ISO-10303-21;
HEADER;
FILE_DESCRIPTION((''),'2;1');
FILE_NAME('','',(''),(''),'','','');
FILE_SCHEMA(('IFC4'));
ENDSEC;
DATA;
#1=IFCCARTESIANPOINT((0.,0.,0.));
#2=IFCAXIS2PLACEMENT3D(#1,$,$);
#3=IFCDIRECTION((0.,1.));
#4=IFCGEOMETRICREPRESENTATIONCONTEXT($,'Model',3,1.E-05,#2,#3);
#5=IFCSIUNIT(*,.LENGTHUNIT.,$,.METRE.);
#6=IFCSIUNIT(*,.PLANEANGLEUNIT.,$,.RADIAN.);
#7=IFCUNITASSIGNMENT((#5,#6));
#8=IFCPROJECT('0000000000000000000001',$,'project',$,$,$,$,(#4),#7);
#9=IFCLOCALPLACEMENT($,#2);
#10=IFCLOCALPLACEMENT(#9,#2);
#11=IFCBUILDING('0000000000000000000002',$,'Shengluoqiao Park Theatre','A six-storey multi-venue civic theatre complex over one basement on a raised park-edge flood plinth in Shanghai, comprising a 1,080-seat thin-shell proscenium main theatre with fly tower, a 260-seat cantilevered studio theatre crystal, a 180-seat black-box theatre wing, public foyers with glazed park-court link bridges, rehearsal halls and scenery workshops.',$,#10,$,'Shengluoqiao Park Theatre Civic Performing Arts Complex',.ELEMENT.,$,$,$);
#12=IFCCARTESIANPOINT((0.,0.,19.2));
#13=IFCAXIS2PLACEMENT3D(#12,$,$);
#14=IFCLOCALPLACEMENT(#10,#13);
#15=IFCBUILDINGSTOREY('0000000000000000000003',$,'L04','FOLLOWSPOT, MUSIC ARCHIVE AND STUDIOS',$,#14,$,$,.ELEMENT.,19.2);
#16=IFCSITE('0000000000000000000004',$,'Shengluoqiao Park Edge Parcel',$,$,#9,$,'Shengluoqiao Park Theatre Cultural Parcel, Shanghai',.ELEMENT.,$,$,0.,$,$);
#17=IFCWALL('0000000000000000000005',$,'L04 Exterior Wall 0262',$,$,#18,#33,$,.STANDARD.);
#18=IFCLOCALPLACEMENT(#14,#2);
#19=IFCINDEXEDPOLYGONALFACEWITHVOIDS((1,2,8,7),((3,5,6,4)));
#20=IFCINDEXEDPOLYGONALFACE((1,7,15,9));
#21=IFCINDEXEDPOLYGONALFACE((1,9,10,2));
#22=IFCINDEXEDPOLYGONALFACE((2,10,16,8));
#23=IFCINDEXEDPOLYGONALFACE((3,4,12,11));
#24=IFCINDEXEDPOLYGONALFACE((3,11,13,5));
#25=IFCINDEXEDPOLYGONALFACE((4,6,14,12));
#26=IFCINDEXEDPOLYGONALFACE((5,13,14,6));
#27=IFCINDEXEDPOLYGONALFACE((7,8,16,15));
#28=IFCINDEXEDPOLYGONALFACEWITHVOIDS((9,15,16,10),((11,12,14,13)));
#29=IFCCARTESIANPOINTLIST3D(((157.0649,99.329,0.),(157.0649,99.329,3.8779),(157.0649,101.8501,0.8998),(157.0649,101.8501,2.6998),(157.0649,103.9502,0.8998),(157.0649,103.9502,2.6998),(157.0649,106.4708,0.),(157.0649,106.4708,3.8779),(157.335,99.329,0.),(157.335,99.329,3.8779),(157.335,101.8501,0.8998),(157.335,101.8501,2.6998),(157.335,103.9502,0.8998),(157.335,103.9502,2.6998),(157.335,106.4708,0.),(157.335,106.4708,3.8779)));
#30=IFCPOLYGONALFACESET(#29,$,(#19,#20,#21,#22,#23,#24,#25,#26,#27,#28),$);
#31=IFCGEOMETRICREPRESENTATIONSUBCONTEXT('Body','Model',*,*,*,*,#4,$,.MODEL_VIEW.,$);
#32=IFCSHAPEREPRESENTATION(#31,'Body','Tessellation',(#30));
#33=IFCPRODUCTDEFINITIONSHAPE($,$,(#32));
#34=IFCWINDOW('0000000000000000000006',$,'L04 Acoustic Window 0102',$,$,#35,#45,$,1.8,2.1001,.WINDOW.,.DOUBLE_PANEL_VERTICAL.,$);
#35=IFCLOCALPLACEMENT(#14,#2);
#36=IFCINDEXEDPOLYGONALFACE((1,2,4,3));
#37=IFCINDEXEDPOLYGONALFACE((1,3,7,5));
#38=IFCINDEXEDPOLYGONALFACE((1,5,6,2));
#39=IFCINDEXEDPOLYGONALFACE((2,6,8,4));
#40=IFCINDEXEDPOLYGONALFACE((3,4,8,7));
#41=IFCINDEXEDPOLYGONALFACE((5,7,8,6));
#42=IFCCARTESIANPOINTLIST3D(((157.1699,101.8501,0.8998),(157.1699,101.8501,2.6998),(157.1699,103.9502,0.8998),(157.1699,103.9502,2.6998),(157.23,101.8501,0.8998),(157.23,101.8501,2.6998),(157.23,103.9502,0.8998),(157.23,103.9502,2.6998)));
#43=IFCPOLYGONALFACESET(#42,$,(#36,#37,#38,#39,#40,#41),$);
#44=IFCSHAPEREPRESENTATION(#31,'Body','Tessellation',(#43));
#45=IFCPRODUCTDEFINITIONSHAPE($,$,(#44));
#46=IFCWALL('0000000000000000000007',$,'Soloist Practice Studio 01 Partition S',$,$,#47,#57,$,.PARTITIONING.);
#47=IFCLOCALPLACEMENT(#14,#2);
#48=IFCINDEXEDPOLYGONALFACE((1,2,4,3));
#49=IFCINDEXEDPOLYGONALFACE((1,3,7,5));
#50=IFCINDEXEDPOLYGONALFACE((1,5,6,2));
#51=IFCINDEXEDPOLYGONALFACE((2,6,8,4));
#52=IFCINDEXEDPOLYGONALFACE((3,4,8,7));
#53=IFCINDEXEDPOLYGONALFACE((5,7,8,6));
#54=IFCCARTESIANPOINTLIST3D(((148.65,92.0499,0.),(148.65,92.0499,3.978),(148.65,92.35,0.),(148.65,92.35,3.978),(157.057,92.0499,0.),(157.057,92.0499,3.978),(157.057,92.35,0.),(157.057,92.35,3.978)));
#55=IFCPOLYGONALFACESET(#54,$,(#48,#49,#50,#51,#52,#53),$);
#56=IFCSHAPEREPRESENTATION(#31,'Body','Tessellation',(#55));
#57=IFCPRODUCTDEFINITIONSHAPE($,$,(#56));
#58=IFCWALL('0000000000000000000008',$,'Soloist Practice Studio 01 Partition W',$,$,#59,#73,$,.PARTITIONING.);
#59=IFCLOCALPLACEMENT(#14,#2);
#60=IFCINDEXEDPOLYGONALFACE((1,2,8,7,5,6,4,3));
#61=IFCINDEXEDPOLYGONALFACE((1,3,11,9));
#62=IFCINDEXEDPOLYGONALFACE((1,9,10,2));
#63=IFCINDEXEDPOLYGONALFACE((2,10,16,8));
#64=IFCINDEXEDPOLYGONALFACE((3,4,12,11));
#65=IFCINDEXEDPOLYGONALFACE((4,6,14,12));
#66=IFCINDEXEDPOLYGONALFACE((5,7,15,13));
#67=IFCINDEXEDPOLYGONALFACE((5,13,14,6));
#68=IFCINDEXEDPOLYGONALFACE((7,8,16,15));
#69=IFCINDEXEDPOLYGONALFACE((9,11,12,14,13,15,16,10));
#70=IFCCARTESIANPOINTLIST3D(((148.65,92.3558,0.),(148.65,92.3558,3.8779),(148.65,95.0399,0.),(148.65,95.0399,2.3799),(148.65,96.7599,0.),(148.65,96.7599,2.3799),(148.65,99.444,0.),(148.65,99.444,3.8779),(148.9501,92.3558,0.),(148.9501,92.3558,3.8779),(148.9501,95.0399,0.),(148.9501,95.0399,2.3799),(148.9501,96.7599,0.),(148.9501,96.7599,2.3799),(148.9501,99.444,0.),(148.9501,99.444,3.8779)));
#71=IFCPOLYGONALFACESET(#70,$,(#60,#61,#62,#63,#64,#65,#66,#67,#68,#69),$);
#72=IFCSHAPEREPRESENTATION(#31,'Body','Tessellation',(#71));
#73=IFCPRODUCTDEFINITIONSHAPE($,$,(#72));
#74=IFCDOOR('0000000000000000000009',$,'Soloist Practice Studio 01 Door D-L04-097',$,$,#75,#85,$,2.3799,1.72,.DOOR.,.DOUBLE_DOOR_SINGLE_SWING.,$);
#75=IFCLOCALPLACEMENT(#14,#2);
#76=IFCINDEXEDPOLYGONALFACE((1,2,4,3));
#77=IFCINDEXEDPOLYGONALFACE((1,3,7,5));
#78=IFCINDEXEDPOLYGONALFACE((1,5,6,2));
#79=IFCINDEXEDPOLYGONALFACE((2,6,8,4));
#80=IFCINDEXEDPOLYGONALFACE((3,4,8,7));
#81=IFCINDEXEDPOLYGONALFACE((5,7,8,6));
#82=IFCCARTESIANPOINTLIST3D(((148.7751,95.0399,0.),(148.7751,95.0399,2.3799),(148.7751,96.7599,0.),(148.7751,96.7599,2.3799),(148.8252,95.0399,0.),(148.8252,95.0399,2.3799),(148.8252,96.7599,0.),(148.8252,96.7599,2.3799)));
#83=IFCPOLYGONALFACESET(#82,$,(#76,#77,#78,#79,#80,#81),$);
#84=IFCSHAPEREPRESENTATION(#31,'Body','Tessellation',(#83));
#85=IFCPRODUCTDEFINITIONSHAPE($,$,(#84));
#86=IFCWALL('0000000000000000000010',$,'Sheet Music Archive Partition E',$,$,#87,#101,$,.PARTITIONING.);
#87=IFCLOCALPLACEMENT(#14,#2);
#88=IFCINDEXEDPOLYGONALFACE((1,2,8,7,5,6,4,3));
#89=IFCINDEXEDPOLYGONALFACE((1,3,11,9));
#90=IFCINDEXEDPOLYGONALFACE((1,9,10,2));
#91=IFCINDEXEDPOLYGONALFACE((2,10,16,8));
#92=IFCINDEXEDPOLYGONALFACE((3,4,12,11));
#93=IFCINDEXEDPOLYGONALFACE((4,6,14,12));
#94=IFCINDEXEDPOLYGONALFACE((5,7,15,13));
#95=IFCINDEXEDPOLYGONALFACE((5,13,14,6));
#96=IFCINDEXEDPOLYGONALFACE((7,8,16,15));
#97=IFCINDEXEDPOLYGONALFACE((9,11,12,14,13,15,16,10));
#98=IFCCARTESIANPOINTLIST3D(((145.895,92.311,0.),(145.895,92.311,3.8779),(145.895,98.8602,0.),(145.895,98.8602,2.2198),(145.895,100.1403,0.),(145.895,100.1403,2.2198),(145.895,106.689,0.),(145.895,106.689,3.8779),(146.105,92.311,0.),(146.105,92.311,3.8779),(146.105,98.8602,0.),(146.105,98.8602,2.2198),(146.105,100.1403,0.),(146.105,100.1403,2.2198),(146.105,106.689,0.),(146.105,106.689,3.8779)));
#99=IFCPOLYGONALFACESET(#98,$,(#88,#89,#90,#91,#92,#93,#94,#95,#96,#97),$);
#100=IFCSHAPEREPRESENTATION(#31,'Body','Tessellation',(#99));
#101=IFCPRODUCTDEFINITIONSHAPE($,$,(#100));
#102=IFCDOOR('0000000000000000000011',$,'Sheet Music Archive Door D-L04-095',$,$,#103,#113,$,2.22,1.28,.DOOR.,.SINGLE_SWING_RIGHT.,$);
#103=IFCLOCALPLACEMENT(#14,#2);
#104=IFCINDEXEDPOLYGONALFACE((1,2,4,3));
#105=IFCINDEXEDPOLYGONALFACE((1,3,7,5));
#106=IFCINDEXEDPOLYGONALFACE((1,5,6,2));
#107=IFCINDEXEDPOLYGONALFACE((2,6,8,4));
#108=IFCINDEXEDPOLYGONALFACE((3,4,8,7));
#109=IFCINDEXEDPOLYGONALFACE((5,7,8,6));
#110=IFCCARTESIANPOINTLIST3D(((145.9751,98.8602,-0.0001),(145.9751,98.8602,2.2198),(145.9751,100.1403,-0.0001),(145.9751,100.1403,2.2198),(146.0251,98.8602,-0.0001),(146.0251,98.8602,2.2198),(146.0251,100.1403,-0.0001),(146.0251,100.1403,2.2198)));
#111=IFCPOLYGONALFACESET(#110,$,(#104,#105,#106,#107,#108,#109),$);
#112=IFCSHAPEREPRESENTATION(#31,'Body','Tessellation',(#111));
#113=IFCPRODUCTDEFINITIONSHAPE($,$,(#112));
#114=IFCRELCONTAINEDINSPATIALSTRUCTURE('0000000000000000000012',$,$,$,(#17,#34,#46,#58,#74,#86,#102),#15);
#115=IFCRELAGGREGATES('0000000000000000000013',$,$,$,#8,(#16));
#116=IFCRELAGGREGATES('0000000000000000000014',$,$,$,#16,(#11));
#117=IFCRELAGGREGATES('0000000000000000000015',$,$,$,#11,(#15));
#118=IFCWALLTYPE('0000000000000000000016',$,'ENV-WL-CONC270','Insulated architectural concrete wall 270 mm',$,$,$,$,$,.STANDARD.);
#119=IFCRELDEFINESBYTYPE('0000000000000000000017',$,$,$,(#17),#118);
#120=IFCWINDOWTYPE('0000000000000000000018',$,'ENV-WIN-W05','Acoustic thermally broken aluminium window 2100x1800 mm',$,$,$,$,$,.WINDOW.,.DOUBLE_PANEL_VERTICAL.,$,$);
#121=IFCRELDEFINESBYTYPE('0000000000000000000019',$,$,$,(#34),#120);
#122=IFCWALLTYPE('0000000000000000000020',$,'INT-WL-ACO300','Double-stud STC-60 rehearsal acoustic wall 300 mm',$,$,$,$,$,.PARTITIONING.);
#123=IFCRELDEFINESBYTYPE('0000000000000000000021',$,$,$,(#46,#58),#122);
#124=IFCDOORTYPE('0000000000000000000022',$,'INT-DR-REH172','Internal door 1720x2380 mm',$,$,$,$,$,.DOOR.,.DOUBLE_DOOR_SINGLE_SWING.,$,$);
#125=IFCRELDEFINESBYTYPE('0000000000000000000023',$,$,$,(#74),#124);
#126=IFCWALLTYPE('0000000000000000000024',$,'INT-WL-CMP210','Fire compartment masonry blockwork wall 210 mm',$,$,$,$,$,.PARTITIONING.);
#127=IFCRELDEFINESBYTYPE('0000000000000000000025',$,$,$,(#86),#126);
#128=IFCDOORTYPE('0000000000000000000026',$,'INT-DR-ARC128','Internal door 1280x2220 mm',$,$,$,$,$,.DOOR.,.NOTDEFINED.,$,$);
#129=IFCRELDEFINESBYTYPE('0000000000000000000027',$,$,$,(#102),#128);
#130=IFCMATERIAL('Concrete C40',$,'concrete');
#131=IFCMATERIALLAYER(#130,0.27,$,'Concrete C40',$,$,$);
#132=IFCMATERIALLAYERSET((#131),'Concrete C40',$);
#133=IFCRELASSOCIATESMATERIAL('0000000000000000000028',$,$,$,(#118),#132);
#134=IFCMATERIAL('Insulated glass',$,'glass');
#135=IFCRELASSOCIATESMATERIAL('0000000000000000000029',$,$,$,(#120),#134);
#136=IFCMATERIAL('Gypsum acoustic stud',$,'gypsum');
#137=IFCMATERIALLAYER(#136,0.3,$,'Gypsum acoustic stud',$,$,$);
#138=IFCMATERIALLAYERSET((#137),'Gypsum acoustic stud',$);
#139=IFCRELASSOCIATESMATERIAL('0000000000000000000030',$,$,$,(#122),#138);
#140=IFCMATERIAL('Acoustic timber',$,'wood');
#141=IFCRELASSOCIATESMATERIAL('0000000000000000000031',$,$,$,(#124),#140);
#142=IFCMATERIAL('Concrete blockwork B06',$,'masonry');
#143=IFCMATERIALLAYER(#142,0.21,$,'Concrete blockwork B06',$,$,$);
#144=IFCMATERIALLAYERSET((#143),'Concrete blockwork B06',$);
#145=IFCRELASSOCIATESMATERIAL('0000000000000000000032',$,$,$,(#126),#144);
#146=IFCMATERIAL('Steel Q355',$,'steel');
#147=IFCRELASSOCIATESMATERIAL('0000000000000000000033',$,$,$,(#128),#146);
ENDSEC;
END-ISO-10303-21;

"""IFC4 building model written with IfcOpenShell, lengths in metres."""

from ifc_helpers import new_model, si_unit, direction, frame, frame_2d, origin, place, context, subcontext, project, spatial, rectangle, extrude, material, layer, layer_set, type_object, element, fill, save


model = new_model("IFC4")

# Units and contexts
model_context = context("Model", 3, precision=1e-05, world=origin(), true_north=direction((0.0, 1.0)))
body_context = subcontext(model_context, "Body", "Model", "MODEL_VIEW")
ifc_project = project(units=[si_unit("LENGTHUNIT", "METRE"), si_unit("PLANEANGLEUNIT", "RADIAN")], contexts=[model_context])

# Site, building, storey
site_placement = place(None, origin())
site = spatial("IfcSite", under=ifc_project, at=site_placement, Name="Shengluoqiao Park Edge Parcel", LongName="Shengluoqiao Park Theatre Cultural Parcel, Shanghai", CompositionType="ELEMENT", RefElevation=0.0)
building_placement = place(site_placement, origin())
building = spatial("IfcBuilding", under=site, at=building_placement, Name="Shengluoqiao Park Theatre", Description="A six-storey multi-venue civic theatre complex over one basement on a raised park-edge flood plinth in Shanghai, comprising a 1,080-seat thin-shell proscenium main theatre with fly tower, a 260-seat cantilevered studio theatre crystal, a 180-seat black-box theatre wing, public foyers with glazed park-court link bridges, rehearsal halls and scenery workshops.", LongName="Shengluoqiao Park Theatre Civic Performing Arts Complex", CompositionType="ELEMENT")
storey_placement = place(building_placement, frame((0.0, 0.0, 19.2)))
storey = spatial("IfcBuildingStorey", under=building, at=storey_placement, Name="L04", Description="FOLLOWSPOT, MUSIC ARCHIVE AND STUDIOS", CompositionType="ELEMENT", Elevation=19.2)

# Shared definitions
ifc_material_1 = material(Name="Steel Q355", Category="steel")

# Wall, opening, window
ifc_material_2 = material(Name="Concrete C40", Category="concrete")
ifc_layer_1 = layer(ifc_material_2, 0.27, Name="Concrete C40")
ifc_layer_set_1 = layer_set([ifc_layer_1], Name="Concrete C40")
wall_type_1 = type_object("IfcWallType", Name="ENV-WL-CONC270", Description="Insulated architectural concrete wall 270 mm", PredefinedType="STANDARD", material=ifc_layer_set_1)
wall_1_placement = place(storey_placement, frame((157.2, 99.3291, 0.0), z_axis=(0.0, 0.0, 1.0), x_axis=(0.0, 1.0, 0.0)))
wall_1 = element("IfcWall", 1, at=wall_1_placement, inside=storey, type_object=wall_type_1, Name="L04 Exterior Wall 0262", PredefinedType="STANDARD", context=body_context, shape_type="SweptSolid", body=[
    extrude(rectangle(XDim=7.1418, YDim=0.27, at=frame_2d((3.5708, 0.0))), origin(), (0.0, 0.0, 1.0), 3.8779),
])
opening_1_placement = place(wall_1_placement, frame((2.521, 0.0, 0.8999)))
opening_1 = element("IfcOpeningElement", 2, at=opening_1_placement, cuts=wall_1, PredefinedType="OPENING", context=body_context, shape_type="SweptSolid", body=[
    extrude(rectangle(XDim=2.1001, YDim=1.8, at=frame_2d((1.05, 0.8999))), frame((0.0, 0.145, 0.0), z_axis=(0.0, -1.0, 0.0), x_axis=(1.0, 0.0, 0.0)), (0.0, 0.0, 1.0), 0.29),
])
ifc_material_3 = material(Name="Insulated glass", Category="glass")
window_type = type_object("IfcWindowType", Name="ENV-WIN-W05", Description="Acoustic thermally broken aluminium window 2100x1800 mm", PartitioningType="DOUBLE_PANEL_VERTICAL", PredefinedType="WINDOW", material=ifc_material_3)
window_placement = place(opening_1_placement, origin())
window = element("IfcWindow", 3, at=window_placement, inside=storey, type_object=window_type, Name="L04 Acoustic Window 0102", OverallHeight=1.8, OverallWidth=2.1001, PartitioningType="DOUBLE_PANEL_VERTICAL", PredefinedType="WINDOW", context=body_context, shape_type="SweptSolid", body=[
    extrude(rectangle(XDim=2.1001, YDim=1.8, at=frame_2d((1.05, 0.8999))), frame((0.0, 0.03, 0.0), z_axis=(0.0, -1.0, 0.0), x_axis=(1.0, 0.0, 0.0)), (0.0, 0.0, 1.0), 0.0601),
])
fill(opening_1, window)

# Wall
ifc_material_4 = material(Name="Gypsum acoustic stud", Category="gypsum")
ifc_layer_2 = layer(ifc_material_4, 0.3, Name="Gypsum acoustic stud")
ifc_layer_set_2 = layer_set([ifc_layer_2], Name="Gypsum acoustic stud")
wall_type_2 = type_object("IfcWallType", Name="INT-WL-ACO300", Description="Double-stud STC-60 rehearsal acoustic wall 300 mm", PredefinedType="PARTITIONING", material=ifc_layer_set_2)
wall_2_placement = place(storey_placement, frame((148.6499, 92.2, 0.0), z_axis=(0.0, 0.0, 1.0), x_axis=(1.0, 0.0, 0.0)))
element("IfcWall", 4, at=wall_2_placement, inside=storey, type_object=wall_type_2, Name="Soloist Practice Studio 01 Partition S", PredefinedType="PARTITIONING", context=body_context, shape_type="SweptSolid", body=[
    extrude(rectangle(XDim=8.407, YDim=0.3, at=frame_2d((4.2036, 0.0))), origin(), (0.0, 0.0, 1.0), 3.978),
])

# Walls, openings, doors
wall_3_placement = place(storey_placement, frame((148.8, 92.356, 0.0), z_axis=(0.0, 0.0, 1.0), x_axis=(0.0, 1.0, 0.0)))
wall_3 = element("IfcWall", 5, at=wall_3_placement, inside=storey, type_object=wall_type_2, Name="Soloist Practice Studio 01 Partition W", PredefinedType="PARTITIONING", context=body_context, shape_type="SweptSolid", body=[
    extrude(rectangle(XDim=7.0881, YDim=0.3, at=frame_2d((3.5439, 0.0))), origin(), (0.0, 0.0, 1.0), 3.8779),
])
opening_2_placement = place(wall_3_placement, frame((2.6841, 0.0, 0.0)))
opening_2 = element("IfcOpeningElement", 6, at=opening_2_placement, cuts=wall_3, PredefinedType="OPENING", context=body_context, shape_type="SweptSolid", body=[
    extrude(rectangle(XDim=1.72, YDim=2.3799, at=frame_2d((0.8599, 1.1899))), frame((0.0, 0.1599, 0.0), z_axis=(0.0, -1.0, 0.0), x_axis=(1.0, 0.0, 0.0)), (0.0, 0.0, 1.0), 0.3201),
])
ifc_material_5 = material(Name="Acoustic timber", Category="wood")
door_type_1 = type_object("IfcDoorType", Name="INT-DR-REH172", Description="Internal door 1720x2380 mm", OperationType="DOUBLE_DOOR_SINGLE_SWING", PredefinedType="DOOR", material=ifc_material_5)
door_1_placement = place(opening_2_placement, origin())
door_1 = element("IfcDoor", 7, at=door_1_placement, inside=storey, type_object=door_type_1, Name="Soloist Practice Studio 01 Door D-L04-097", OperationType="DOUBLE_DOOR_SINGLE_SWING", OverallHeight=2.3799, OverallWidth=1.72, PredefinedType="DOOR", context=body_context, shape_type="SweptSolid", body=[
    extrude(rectangle(XDim=1.72, YDim=2.3799, at=frame_2d((0.8599, 1.1899))), frame((0.0, 0.0249, 0.0), z_axis=(0.0, -1.0, 0.0), x_axis=(1.0, 0.0, 0.0)), (0.0, 0.0, 1.0), 0.05),
])
fill(opening_2, door_1)
ifc_material_6 = material(Name="Concrete blockwork B06", Category="masonry")
ifc_layer_3 = layer(ifc_material_6, 0.21, Name="Concrete blockwork B06")
ifc_layer_set_3 = layer_set([ifc_layer_3], Name="Concrete blockwork B06")
wall_type_3 = type_object("IfcWallType", Name="INT-WL-CMP210", Description="Fire compartment masonry blockwork wall 210 mm", PredefinedType="PARTITIONING", material=ifc_layer_set_3)
wall_4_placement = place(storey_placement, frame((146.0, 92.311, 0.0), z_axis=(0.0, 0.0, 1.0), x_axis=(0.0, 1.0, 0.0)))
wall_4 = element("IfcWall", 8, at=wall_4_placement, inside=storey, type_object=wall_type_3, Name="Sheet Music Archive Partition E", PredefinedType="PARTITIONING", context=body_context, shape_type="SweptSolid", body=[
    extrude(rectangle(XDim=14.3779, YDim=0.21, at=frame_2d((7.189, 0.0))), origin(), (0.0, 0.0, 1.0), 3.8779),
])
opening_3_placement = place(wall_4_placement, frame((6.5491, 0.0, 0.0)))
opening_3 = element("IfcOpeningElement", 9, at=opening_3_placement, cuts=wall_4, PredefinedType="OPENING", context=body_context, shape_type="SweptSolid", body=[
    extrude(rectangle(XDim=1.28, YDim=2.22, at=frame_2d((0.6401, 1.1099))), frame((0.0, 0.115, 0.0), z_axis=(0.0, -1.0, 0.0), x_axis=(1.0, 0.0, 0.0)), (0.0, 0.0, 1.0), 0.23),
])
door_type_2 = type_object("IfcDoorType", Name="INT-DR-ARC128", Description="Internal door 1280x2220 mm", OperationType="NOTDEFINED", PredefinedType="DOOR", material=ifc_material_1)
door_2_placement = place(opening_3_placement, origin())
door_2 = element("IfcDoor", 10, at=door_2_placement, inside=storey, type_object=door_type_2, Name="Sheet Music Archive Door D-L04-095", OperationType="SINGLE_SWING_RIGHT", OverallHeight=2.22, OverallWidth=1.28, PredefinedType="DOOR", context=body_context, shape_type="SweptSolid", body=[
    extrude(rectangle(XDim=1.28, YDim=2.22, at=frame_2d((0.6401, 1.1099))), frame((0.0, 0.0249, 0.0), z_axis=(0.0, -1.0, 0.0), x_axis=(1.0, 0.0, 0.0)), (0.0, 0.0, 1.0), 0.05),
])
fill(opening_3, door_2)

save(model, "model.ifc")
